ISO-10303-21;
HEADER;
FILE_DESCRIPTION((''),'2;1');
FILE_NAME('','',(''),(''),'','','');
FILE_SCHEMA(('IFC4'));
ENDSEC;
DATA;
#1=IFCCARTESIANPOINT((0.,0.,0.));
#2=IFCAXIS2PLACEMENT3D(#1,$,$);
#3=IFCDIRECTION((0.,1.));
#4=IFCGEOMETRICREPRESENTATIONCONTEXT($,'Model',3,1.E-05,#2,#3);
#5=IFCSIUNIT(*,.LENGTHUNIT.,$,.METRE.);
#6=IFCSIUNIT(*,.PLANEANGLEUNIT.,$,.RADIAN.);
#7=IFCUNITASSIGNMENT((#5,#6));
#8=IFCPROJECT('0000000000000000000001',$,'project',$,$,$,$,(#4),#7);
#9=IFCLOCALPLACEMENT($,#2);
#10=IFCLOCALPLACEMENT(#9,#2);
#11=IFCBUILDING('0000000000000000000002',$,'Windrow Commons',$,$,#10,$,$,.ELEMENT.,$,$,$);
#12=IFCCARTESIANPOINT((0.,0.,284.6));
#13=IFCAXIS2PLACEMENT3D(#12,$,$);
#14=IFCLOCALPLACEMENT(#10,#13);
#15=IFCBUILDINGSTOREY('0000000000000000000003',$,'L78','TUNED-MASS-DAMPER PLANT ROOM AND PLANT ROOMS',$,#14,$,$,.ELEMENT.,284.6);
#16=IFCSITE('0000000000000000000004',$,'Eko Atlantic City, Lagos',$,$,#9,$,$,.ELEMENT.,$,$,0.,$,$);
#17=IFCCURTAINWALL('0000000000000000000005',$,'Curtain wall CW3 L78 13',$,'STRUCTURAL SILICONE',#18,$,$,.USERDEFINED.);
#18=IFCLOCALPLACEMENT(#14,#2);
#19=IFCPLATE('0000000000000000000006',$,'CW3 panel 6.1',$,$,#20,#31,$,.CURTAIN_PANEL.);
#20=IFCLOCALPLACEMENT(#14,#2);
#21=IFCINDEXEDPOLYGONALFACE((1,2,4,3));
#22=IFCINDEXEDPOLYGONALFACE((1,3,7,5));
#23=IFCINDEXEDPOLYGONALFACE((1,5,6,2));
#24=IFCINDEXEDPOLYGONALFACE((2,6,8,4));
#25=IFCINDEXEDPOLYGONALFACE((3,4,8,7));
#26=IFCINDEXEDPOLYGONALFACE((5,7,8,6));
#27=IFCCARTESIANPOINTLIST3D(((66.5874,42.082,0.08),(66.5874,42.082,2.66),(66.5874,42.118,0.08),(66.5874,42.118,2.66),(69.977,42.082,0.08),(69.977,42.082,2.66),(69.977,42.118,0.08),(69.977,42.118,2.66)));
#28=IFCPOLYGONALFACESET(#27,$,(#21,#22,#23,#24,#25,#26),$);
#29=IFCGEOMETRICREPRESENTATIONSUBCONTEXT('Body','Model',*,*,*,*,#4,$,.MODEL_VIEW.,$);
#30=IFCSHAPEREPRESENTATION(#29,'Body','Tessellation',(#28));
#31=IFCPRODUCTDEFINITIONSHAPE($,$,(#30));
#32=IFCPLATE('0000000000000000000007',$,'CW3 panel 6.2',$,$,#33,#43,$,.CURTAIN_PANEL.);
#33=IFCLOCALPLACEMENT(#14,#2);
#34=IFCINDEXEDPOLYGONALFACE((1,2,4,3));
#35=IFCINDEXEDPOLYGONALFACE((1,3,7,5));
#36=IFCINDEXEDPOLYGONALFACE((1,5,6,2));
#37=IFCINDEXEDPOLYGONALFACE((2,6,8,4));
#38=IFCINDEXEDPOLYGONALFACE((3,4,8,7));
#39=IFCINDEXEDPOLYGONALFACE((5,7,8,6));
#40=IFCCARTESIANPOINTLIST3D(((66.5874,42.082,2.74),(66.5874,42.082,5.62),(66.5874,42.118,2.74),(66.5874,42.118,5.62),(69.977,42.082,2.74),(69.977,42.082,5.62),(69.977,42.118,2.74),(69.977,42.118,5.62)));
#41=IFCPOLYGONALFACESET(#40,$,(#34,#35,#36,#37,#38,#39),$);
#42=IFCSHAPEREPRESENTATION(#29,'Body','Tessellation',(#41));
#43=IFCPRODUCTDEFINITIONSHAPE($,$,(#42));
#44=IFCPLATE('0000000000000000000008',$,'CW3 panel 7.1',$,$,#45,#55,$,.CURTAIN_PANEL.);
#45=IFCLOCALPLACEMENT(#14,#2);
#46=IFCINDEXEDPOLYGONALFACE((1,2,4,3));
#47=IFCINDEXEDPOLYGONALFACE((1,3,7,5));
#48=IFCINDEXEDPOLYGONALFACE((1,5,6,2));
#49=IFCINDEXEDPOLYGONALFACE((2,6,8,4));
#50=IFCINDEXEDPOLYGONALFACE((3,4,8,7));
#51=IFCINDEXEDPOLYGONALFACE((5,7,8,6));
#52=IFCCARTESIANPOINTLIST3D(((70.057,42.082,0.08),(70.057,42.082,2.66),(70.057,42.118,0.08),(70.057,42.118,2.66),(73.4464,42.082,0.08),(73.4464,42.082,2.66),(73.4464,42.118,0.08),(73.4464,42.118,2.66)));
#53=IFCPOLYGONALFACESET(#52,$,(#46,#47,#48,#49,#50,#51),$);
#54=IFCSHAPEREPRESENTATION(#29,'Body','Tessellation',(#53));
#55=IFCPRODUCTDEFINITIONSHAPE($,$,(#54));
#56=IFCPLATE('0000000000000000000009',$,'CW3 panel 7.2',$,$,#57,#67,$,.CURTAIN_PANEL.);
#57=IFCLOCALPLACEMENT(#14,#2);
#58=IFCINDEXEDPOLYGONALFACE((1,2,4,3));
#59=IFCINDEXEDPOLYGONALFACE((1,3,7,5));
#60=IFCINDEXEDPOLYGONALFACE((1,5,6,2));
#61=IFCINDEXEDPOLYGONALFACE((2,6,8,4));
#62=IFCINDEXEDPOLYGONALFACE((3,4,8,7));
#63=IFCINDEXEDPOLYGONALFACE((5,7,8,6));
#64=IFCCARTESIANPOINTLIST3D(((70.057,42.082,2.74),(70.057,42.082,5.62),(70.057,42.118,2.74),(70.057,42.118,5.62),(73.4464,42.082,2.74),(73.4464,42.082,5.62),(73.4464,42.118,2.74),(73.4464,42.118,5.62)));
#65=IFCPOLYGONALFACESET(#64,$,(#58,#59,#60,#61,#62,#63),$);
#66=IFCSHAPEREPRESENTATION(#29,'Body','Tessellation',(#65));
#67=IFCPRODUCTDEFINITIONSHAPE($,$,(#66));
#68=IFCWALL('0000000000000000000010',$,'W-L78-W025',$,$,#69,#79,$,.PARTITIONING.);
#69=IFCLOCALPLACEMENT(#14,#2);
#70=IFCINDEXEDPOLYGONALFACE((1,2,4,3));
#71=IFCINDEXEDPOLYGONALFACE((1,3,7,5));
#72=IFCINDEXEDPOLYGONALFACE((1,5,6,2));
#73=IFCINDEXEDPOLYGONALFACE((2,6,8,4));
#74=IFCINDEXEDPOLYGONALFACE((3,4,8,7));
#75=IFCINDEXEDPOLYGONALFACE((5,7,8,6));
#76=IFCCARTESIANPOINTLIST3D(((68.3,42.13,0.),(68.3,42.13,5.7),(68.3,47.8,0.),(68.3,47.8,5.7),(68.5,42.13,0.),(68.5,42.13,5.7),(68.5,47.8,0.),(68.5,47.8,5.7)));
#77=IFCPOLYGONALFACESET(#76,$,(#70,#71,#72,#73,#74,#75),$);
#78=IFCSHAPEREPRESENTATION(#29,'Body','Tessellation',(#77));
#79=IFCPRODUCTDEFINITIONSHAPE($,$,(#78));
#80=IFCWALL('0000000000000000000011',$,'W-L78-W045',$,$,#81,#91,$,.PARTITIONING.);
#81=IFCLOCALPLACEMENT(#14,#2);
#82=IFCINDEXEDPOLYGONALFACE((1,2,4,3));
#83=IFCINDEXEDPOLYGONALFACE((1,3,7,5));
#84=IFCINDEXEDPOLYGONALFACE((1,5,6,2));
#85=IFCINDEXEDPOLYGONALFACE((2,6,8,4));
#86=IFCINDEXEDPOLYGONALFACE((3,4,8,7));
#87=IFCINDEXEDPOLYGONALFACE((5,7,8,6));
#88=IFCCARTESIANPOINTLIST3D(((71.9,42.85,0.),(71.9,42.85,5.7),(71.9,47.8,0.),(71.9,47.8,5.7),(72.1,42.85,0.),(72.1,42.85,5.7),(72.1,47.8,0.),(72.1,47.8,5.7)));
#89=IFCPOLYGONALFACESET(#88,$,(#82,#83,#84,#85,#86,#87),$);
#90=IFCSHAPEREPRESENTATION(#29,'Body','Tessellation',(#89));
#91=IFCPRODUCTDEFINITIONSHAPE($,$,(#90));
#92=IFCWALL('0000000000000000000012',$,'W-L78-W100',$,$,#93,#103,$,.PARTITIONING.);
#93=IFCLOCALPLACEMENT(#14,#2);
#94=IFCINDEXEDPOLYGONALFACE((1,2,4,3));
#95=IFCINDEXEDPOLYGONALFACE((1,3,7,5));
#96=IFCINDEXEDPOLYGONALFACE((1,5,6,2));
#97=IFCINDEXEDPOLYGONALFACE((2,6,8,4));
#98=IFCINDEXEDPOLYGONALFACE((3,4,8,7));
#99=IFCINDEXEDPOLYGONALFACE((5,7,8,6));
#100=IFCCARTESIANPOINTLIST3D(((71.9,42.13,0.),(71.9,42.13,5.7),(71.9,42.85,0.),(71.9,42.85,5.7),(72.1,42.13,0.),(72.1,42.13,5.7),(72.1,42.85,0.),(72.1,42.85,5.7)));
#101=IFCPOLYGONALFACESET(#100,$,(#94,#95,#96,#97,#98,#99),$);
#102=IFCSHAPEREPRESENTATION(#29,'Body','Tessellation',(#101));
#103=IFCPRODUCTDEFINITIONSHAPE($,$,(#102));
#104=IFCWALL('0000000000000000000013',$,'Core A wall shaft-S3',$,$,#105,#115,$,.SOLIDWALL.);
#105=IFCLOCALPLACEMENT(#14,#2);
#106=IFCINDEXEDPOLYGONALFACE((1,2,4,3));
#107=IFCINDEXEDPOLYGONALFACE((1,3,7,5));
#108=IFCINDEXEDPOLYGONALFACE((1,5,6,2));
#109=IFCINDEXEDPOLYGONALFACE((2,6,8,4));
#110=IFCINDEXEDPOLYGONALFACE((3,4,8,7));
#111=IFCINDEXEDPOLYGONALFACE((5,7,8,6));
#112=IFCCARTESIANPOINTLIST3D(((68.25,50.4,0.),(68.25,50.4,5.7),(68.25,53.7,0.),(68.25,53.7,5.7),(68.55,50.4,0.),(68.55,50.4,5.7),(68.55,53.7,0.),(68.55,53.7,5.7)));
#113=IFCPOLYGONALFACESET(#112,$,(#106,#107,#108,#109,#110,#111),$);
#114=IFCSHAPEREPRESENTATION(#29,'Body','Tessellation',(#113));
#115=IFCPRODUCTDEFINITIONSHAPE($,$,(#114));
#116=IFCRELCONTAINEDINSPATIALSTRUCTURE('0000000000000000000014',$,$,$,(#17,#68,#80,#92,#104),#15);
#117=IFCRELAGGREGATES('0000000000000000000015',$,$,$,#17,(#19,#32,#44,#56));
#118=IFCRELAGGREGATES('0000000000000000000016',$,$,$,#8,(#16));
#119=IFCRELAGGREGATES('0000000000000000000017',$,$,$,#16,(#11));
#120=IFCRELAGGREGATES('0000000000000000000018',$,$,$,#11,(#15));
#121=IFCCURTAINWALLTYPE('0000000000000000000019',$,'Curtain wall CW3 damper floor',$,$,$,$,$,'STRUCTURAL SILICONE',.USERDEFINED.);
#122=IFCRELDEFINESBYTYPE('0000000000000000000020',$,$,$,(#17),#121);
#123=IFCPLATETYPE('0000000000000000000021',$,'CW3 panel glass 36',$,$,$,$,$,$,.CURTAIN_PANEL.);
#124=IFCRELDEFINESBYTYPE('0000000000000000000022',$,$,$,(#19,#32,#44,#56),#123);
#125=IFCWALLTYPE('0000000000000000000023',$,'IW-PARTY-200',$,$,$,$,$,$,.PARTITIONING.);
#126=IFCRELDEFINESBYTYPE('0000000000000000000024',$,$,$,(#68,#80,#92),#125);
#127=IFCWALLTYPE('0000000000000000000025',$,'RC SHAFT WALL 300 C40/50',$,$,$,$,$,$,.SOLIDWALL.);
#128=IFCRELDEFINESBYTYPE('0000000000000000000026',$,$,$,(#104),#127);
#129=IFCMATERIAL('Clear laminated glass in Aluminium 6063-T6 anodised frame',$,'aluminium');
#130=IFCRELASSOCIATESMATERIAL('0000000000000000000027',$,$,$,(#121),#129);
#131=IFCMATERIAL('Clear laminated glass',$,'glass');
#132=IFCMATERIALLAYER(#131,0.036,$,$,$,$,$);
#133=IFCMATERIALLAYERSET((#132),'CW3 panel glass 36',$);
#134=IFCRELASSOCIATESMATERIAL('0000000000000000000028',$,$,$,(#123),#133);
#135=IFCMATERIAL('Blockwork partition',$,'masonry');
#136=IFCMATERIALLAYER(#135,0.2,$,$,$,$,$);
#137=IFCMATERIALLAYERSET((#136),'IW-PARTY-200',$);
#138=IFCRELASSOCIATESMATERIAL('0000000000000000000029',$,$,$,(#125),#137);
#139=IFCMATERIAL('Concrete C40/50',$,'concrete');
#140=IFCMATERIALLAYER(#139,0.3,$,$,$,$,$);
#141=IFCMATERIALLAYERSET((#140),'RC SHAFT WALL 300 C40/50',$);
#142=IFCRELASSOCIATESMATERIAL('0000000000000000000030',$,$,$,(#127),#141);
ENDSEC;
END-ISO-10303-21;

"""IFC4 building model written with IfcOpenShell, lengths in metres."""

from ifc_helpers import new_model, si_unit, direction, frame, frame_2d, origin, origin_2d, place, context, subcontext, project, spatial, rectangle, extrude, material, layer, layer_set, type_object, element, aggregate, save


model = new_model("IFC4")

# Units and contexts
model_context = context("Model", 3, precision=1e-05, world=origin(), true_north=direction((0.0, 1.0)))
body_context = subcontext(model_context, "Body", "Model", "MODEL_VIEW")
ifc_project = project(units=[si_unit("LENGTHUNIT", "METRE"), si_unit("PLANEANGLEUNIT", "RADIAN")], contexts=[model_context])

# Site, building, storey
site_placement = place(None, origin())
site = spatial("IfcSite", under=ifc_project, at=site_placement, Name="Eko Atlantic City, Lagos", CompositionType="ELEMENT", RefElevation=0.0)
building_placement = place(site_placement, origin())
building = spatial("IfcBuilding", under=site, at=building_placement, Name="Windrow Commons", CompositionType="ELEMENT")
storey_placement = place(building_placement, frame((0.0, 0.0, 284.6)))
storey = spatial("IfcBuildingStorey", under=building, at=storey_placement, Name="L78", Description="TUNED-MASS-DAMPER PLANT ROOM AND PLANT ROOMS", CompositionType="ELEMENT", Elevation=284.6)

# Curtain wall
ifc_material_1 = material(Name="Clear laminated glass in Aluminium 6063-T6 anodised frame", Category="aluminium")
curtain_wall_type = type_object("IfcCurtainWallType", Name="Curtain wall CW3 damper floor", ElementType="STRUCTURAL SILICONE", PredefinedType="USERDEFINED", material=ifc_material_1)
curtain_wall_placement = place(storey_placement, origin())
curtain_wall = element("IfcCurtainWall", 1, at=curtain_wall_placement, inside=storey, type_object=curtain_wall_type, Name="Curtain wall CW3 L78 13", ObjectType="STRUCTURAL SILICONE", PredefinedType="USERDEFINED")

# Plates
ifc_material_2 = material(Name="Clear laminated glass", Category="glass")
ifc_layer_1 = layer(ifc_material_2, 0.036)
ifc_layer_set_1 = layer_set([ifc_layer_1], Name="CW3 panel glass 36")
plate_type = type_object("IfcPlateType", Name="CW3 panel glass 36", PredefinedType="CURTAIN_PANEL", material=ifc_layer_set_1)
plate_1_placement = place(storey_placement, frame((68.2822, 42.1, 0.08), z_axis=(0.0, 0.0, 1.0), x_axis=(1.0, 0.0, 0.0)))
plate_1 = element("IfcPlate", 2, at=plate_1_placement, type_object=plate_type, Name="CW3 panel 6.1", PredefinedType="CURTAIN_PANEL", context=body_context, shape_type="SweptSolid", body=[
    extrude(rectangle(XDim=3.3895, YDim=0.036, at=origin_2d()), origin(), (0.0, 0.0, 1.0), 2.58),
])
plate_2_placement = place(storey_placement, frame((68.2822, 42.1, 2.74), z_axis=(0.0, 0.0, 1.0), x_axis=(1.0, 0.0, 0.0)))
plate_2 = element("IfcPlate", 3, at=plate_2_placement, type_object=plate_type, Name="CW3 panel 6.2", PredefinedType="CURTAIN_PANEL", context=body_context, shape_type="SweptSolid", body=[
    extrude(rectangle(XDim=3.3895, YDim=0.036, at=origin_2d()), origin(), (0.0, 0.0, 1.0), 2.88),
])
plate_3_placement = place(storey_placement, frame((71.7517, 42.1, 0.08), z_axis=(0.0, 0.0, 1.0), x_axis=(1.0, 0.0, 0.0)))
plate_3 = element("IfcPlate", 4, at=plate_3_placement, type_object=plate_type, Name="CW3 panel 7.1", PredefinedType="CURTAIN_PANEL", context=body_context, shape_type="SweptSolid", body=[
    extrude(rectangle(XDim=3.3895, YDim=0.036, at=origin_2d()), origin(), (0.0, 0.0, 1.0), 2.58),
])
plate_4_placement = place(storey_placement, frame((71.7517, 42.1, 2.74), z_axis=(0.0, 0.0, 1.0), x_axis=(1.0, 0.0, 0.0)))
plate_4 = element("IfcPlate", 5, at=plate_4_placement, type_object=plate_type, Name="CW3 panel 7.2", PredefinedType="CURTAIN_PANEL", context=body_context, shape_type="SweptSolid", body=[
    extrude(rectangle(XDim=3.3895, YDim=0.036, at=origin_2d()), origin(), (0.0, 0.0, 1.0), 2.88),
])
aggregate(curtain_wall, [plate_1, plate_2, plate_3, plate_4])

# Walls
ifc_material_3 = material(Name="Blockwork partition", Category="masonry")
ifc_layer_2 = layer(ifc_material_3, 0.2)
ifc_layer_set_2 = layer_set([ifc_layer_2], Name="IW-PARTY-200")
wall_type_1 = type_object("IfcWallType", Name="IW-PARTY-200", PredefinedType="PARTITIONING", material=ifc_layer_set_2)
wall_1_placement = place(storey_placement, frame((68.4, 42.13, 0.0), z_axis=(0.0, 0.0, 1.0), x_axis=(0.0, 1.0, 0.0)))
element("IfcWall", 6, at=wall_1_placement, inside=storey, type_object=wall_type_1, Name="W-L78-W025", PredefinedType="PARTITIONING", context=body_context, shape_type="SweptSolid", body=[
    extrude(rectangle(XDim=5.67, YDim=0.2, at=frame_2d((2.835, 0.0))), origin(), (0.0, 0.0, 1.0), 5.7),
])
wall_2_placement = place(storey_placement, frame((72.0, 42.85, 0.0), z_axis=(0.0, 0.0, 1.0), x_axis=(0.0, 1.0, 0.0)))
element("IfcWall", 7, at=wall_2_placement, inside=storey, type_object=wall_type_1, Name="W-L78-W045", PredefinedType="PARTITIONING", context=body_context, shape_type="SweptSolid", body=[
    extrude(rectangle(XDim=4.95, YDim=0.2, at=frame_2d((2.475, 0.0))), origin(), (0.0, 0.0, 1.0), 5.7),
])
wall_3_placement = place(storey_placement, frame((72.0, 42.13, 0.0), z_axis=(0.0, 0.0, 1.0), x_axis=(0.0, 1.0, 0.0)))
element("IfcWall", 8, at=wall_3_placement, inside=storey, type_object=wall_type_1, Name="W-L78-W100", PredefinedType="PARTITIONING", context=body_context, shape_type="SweptSolid", body=[
    extrude(rectangle(XDim=0.72, YDim=0.2, at=frame_2d((0.36, 0.0))), origin(), (0.0, 0.0, 1.0), 5.7),
])
ifc_material_4 = material(Name="Concrete C40/50", Category="concrete")
ifc_layer_3 = layer(ifc_material_4, 0.3)
ifc_layer_set_3 = layer_set([ifc_layer_3], Name="RC SHAFT WALL 300 C40/50")
wall_type_2 = type_object("IfcWallType", Name="RC SHAFT WALL 300 C40/50", PredefinedType="SOLIDWALL", material=ifc_layer_set_3)
wall_4_placement = place(storey_placement, frame((68.4, 50.4, 0.0), z_axis=(0.0, 0.0, 1.0), x_axis=(0.0, 1.0, 0.0)))
element("IfcWall", 9, at=wall_4_placement, inside=storey, type_object=wall_type_2, Name="Core A wall shaft-S3", PredefinedType="SOLIDWALL", context=body_context, shape_type="SweptSolid", body=[
    extrude(rectangle(XDim=3.3, YDim=0.3, at=frame_2d((1.65, 0.0))), origin(), (0.0, 0.0, 1.0), 5.7),
])

save(model, "model.ifc")
